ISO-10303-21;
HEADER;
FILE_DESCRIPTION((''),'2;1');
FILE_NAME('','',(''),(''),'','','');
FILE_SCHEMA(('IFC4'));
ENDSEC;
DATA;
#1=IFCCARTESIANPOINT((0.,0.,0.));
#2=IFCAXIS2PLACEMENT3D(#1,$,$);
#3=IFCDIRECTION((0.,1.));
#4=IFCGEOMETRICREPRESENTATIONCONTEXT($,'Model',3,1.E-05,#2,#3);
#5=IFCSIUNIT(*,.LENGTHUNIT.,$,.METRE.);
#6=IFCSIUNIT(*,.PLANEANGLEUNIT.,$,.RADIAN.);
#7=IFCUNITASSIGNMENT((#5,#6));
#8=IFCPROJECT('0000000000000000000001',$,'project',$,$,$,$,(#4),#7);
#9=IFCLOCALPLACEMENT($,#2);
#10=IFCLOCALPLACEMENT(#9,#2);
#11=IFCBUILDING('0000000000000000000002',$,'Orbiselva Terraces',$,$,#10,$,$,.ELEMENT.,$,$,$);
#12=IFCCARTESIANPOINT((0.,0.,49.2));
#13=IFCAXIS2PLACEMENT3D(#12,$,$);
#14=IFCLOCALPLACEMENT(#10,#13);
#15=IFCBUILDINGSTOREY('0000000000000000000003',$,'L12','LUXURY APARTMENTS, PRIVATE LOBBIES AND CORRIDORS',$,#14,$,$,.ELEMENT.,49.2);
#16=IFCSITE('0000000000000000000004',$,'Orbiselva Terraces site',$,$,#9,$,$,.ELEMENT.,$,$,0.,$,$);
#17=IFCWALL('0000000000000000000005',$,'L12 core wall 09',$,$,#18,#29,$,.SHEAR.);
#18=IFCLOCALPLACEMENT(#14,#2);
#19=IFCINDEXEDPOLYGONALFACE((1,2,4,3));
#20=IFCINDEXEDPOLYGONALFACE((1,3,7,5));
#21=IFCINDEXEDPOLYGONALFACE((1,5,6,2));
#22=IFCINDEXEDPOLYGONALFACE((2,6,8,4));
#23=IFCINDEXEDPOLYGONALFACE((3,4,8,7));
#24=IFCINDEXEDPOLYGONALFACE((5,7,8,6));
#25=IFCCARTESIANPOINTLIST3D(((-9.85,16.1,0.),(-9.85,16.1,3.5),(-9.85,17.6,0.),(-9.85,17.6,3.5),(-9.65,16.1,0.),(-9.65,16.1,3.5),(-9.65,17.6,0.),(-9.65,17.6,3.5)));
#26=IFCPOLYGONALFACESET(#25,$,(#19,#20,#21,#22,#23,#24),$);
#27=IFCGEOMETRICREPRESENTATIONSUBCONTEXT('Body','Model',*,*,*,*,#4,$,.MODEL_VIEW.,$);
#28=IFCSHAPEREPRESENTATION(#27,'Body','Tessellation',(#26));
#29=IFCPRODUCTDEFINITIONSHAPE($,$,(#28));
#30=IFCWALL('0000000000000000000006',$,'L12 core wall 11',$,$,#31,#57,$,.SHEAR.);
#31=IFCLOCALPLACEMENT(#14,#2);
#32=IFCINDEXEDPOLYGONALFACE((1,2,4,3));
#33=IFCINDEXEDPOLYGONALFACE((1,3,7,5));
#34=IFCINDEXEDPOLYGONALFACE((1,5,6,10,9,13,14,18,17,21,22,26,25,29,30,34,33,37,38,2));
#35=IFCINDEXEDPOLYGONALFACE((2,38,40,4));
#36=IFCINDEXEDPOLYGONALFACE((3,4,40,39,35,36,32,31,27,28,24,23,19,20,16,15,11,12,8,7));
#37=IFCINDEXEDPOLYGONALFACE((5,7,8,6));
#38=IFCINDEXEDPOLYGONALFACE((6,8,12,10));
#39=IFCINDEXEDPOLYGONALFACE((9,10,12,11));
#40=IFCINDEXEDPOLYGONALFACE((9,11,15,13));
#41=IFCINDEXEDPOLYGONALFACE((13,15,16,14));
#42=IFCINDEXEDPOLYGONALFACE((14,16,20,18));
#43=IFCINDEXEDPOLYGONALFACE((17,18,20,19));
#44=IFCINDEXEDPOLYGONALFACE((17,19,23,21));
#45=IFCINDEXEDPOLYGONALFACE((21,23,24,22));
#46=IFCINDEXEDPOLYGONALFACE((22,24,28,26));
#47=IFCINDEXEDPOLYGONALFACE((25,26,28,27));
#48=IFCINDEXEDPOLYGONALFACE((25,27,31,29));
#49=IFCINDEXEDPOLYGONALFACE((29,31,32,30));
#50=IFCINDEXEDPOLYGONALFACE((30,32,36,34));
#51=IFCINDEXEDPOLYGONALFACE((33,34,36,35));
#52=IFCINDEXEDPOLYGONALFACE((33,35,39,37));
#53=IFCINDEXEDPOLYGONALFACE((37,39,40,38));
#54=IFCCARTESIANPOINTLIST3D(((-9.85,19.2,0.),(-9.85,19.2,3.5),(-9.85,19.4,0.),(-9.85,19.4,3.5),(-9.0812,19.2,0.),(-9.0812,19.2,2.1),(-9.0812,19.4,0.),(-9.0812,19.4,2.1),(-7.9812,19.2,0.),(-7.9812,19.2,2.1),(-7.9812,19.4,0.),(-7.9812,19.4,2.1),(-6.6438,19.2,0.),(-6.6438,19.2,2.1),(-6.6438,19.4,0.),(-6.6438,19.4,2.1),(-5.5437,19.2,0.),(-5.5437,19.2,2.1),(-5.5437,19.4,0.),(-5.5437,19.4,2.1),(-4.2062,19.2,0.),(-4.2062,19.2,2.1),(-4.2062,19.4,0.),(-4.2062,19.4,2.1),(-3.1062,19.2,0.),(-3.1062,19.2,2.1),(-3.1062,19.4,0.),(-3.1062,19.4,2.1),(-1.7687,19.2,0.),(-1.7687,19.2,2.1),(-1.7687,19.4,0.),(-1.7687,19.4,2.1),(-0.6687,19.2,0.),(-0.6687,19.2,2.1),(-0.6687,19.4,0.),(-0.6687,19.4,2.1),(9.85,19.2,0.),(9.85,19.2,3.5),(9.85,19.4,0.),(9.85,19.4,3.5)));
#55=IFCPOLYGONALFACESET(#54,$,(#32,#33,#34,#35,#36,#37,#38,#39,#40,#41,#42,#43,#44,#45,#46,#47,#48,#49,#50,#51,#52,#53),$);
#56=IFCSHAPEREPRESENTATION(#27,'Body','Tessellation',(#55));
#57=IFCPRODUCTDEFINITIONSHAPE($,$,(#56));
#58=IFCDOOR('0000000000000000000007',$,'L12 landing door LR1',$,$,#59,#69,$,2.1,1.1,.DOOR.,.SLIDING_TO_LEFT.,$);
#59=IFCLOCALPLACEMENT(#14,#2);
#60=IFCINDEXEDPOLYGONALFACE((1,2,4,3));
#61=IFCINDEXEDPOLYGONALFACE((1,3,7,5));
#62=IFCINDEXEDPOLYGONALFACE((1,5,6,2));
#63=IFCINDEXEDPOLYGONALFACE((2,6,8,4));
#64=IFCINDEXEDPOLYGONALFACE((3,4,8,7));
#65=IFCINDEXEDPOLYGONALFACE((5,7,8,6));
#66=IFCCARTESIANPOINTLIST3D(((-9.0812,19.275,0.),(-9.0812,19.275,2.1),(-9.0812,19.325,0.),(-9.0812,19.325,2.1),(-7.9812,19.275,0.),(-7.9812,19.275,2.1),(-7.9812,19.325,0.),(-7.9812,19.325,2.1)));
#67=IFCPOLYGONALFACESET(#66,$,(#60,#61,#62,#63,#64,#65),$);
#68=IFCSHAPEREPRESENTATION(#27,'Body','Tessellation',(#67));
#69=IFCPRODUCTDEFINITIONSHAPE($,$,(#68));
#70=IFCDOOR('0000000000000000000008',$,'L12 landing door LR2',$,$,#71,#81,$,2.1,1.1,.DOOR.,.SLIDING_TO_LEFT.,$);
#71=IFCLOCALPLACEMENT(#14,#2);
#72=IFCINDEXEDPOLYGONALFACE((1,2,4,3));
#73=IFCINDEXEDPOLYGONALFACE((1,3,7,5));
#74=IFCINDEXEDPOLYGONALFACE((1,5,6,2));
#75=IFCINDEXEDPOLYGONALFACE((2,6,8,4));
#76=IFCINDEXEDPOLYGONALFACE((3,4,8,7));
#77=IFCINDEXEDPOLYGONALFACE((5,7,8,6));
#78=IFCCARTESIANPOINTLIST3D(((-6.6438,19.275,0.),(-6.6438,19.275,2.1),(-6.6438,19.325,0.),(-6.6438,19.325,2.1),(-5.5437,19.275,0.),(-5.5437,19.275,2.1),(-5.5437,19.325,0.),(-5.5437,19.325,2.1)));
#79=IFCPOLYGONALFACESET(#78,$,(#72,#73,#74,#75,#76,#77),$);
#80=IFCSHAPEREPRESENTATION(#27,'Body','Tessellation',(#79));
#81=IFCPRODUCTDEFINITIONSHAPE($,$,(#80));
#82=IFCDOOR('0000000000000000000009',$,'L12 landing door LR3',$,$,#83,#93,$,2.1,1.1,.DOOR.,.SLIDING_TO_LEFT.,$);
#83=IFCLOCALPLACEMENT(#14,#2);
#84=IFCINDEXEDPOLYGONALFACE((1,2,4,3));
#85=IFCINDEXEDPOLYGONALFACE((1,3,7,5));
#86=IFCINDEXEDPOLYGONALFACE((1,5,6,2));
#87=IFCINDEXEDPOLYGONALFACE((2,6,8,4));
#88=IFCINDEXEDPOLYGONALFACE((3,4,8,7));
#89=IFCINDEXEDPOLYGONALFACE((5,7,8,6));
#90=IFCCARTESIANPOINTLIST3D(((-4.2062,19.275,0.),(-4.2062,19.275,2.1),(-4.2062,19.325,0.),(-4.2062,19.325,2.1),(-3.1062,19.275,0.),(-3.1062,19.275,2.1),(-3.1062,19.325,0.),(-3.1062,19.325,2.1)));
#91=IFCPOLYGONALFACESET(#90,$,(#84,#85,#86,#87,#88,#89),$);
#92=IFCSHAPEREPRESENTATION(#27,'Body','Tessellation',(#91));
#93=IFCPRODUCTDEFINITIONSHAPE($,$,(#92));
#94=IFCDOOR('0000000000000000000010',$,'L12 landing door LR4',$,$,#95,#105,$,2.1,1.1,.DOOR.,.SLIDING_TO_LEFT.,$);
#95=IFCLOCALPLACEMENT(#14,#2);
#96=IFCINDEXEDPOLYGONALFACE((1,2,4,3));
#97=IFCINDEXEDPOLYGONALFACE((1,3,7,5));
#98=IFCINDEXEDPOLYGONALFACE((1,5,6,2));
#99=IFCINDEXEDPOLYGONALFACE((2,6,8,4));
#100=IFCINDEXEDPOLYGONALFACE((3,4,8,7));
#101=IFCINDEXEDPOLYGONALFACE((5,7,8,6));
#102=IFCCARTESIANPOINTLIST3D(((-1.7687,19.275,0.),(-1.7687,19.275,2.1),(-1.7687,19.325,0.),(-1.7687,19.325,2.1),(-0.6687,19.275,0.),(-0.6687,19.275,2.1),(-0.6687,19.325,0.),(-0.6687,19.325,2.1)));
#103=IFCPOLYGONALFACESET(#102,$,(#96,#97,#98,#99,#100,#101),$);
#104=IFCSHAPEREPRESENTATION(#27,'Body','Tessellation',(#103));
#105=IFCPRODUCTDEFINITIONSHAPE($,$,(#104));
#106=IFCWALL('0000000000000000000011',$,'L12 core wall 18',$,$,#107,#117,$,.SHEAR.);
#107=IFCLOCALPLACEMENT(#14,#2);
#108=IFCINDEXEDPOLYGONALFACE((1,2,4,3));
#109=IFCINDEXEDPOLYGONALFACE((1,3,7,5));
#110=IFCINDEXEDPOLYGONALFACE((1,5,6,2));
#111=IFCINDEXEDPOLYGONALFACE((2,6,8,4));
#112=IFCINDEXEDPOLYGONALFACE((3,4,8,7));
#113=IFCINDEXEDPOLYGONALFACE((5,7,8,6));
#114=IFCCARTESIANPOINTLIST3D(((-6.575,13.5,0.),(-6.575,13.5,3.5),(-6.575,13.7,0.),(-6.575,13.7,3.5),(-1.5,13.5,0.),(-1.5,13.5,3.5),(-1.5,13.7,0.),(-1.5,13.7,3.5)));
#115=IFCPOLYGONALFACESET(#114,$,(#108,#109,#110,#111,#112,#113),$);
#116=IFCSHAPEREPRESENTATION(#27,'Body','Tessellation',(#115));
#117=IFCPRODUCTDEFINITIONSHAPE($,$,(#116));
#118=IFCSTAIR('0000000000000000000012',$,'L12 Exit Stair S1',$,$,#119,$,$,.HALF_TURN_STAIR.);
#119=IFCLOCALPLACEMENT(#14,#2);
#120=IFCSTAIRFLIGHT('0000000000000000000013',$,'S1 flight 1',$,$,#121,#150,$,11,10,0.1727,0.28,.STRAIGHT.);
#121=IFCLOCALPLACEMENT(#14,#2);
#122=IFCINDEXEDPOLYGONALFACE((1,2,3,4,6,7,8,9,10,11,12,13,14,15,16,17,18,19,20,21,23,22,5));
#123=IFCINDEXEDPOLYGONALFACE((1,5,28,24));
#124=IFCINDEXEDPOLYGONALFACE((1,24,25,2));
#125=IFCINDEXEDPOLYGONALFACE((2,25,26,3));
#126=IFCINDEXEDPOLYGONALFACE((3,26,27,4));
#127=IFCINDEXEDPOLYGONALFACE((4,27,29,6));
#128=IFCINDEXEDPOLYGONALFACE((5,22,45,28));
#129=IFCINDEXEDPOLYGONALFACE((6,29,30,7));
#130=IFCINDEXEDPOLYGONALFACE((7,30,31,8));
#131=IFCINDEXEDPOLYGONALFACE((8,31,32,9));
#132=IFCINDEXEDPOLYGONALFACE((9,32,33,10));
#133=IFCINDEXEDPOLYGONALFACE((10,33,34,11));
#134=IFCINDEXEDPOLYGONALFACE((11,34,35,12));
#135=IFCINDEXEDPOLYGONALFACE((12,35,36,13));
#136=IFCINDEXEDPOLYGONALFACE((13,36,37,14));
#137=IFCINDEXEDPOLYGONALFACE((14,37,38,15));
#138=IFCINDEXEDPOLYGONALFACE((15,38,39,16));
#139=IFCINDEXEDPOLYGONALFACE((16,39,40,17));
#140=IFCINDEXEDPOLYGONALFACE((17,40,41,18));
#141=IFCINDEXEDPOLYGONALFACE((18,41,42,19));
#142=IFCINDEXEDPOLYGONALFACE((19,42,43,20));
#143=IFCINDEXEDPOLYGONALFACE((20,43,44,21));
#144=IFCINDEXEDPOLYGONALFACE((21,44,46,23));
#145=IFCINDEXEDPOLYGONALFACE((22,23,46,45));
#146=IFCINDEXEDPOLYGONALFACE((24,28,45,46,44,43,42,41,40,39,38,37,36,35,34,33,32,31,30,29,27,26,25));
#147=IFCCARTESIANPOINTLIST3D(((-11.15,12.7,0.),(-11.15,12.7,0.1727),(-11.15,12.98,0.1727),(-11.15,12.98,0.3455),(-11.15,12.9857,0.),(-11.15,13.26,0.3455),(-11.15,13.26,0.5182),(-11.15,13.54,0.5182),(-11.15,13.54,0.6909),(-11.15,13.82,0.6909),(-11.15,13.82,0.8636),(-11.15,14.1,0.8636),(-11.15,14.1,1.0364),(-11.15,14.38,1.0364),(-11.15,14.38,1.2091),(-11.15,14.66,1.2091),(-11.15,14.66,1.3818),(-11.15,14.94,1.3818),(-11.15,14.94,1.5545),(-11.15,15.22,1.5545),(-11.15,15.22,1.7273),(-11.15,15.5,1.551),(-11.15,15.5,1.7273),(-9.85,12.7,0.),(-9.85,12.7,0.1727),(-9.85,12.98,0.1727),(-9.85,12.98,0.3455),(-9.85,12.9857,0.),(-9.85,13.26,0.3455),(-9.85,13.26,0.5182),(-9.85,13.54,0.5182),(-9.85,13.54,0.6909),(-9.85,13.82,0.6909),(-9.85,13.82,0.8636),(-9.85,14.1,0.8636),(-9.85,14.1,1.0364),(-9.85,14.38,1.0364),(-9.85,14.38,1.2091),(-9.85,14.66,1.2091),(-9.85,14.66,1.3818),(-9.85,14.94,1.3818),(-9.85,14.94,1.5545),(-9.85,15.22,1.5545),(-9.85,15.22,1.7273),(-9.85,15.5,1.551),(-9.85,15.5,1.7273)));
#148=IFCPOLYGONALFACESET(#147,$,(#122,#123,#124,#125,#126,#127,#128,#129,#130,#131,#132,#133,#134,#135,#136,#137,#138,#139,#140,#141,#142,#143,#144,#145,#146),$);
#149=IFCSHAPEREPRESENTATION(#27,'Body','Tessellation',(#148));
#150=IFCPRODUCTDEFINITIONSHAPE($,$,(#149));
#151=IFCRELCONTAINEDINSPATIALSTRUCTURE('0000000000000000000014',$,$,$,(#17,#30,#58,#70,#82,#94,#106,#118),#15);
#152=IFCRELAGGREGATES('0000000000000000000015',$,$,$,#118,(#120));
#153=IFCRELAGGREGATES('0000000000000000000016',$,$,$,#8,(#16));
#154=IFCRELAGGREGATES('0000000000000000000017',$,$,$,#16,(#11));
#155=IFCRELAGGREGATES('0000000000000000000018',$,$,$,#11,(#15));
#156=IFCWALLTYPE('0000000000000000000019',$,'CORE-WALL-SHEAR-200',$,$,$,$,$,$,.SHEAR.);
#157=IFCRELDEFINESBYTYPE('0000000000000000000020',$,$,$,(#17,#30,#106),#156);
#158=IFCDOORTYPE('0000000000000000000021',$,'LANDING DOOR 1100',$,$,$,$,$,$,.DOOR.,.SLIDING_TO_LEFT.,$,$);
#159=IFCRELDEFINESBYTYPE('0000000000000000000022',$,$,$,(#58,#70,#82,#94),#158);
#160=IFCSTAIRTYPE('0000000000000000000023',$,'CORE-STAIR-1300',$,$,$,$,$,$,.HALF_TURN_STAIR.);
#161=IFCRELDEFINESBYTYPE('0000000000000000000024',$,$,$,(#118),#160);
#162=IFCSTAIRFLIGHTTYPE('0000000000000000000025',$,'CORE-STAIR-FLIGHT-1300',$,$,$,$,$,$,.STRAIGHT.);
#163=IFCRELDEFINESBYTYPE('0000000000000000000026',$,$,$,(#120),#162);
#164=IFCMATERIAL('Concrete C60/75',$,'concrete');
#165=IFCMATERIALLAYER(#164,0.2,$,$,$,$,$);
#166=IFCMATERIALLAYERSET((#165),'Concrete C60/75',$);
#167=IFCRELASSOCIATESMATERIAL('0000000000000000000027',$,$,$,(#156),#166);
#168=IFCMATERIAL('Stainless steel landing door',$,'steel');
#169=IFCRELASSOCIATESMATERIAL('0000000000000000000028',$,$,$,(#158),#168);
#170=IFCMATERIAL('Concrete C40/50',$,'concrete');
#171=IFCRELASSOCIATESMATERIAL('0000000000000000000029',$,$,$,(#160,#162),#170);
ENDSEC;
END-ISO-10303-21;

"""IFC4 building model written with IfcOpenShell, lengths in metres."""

from ifc_helpers import new_model, si_unit, direction, frame, frame_2d, origin, place, context, subcontext, project, spatial, polyline, rectangle, outline, extrude, material, layer, layer_set, type_object, element, fill, aggregate, save


model = new_model("IFC4")

# Units and contexts
model_context = context("Model", 3, precision=1e-05, world=origin(), true_north=direction((0.0, 1.0)))
body_context = subcontext(model_context, "Body", "Model", "MODEL_VIEW")
ifc_project = project(units=[si_unit("LENGTHUNIT", "METRE"), si_unit("PLANEANGLEUNIT", "RADIAN")], contexts=[model_context])

# Site, building, storey
site_placement = place(None, origin())
site = spatial("IfcSite", under=ifc_project, at=site_placement, Name="Orbiselva Terraces site", CompositionType="ELEMENT", RefElevation=0.0)
building_placement = place(site_placement, origin())
building = spatial("IfcBuilding", under=site, at=building_placement, Name="Orbiselva Terraces", CompositionType="ELEMENT")
storey_placement = place(building_placement, frame((0.0, 0.0, 49.2)))
storey = spatial("IfcBuildingStorey", under=building, at=storey_placement, Name="L12", Description="LUXURY APARTMENTS, PRIVATE LOBBIES AND CORRIDORS", CompositionType="ELEMENT", Elevation=49.2)

# Shared definitions
ifc_material_1 = material(Name="Concrete C40/50", Category="concrete")

# Shared definitions
ifc_material_2 = material(Name="Concrete C60/75", Category="concrete")
ifc_layer_1 = layer(ifc_material_2, 0.2)
ifc_layer_set_1 = layer_set([ifc_layer_1], Name="Concrete C60/75")
wall_type_1 = type_object("IfcWallType", Name="CORE-WALL-SHEAR-200", PredefinedType="SHEAR", material=ifc_layer_set_1)

# Wall
wall_1_placement = place(storey_placement, frame((-9.75, 16.1, 0.0), z_axis=(0.0, 0.0, 1.0), x_axis=(0.0, 1.0, 0.0)))
element("IfcWall", 1, at=wall_1_placement, inside=storey, type_object=wall_type_1, Name="L12 core wall 09", PredefinedType="SHEAR", context=body_context, shape_type="SweptSolid", body=[
    extrude(rectangle(XDim=1.5, YDim=0.2, at=frame_2d((0.75, 0.0))), origin(), (0.0, 0.0, 1.0), 3.5),
])

# Wall, openings, doors
wall_2_placement = place(storey_placement, frame((-9.85, 19.3, 0.0), z_axis=(0.0, 0.0, 1.0), x_axis=(1.0, 0.0, 0.0)))
wall_2 = element("IfcWall", 2, at=wall_2_placement, inside=storey, type_object=wall_type_1, Name="L12 core wall 11", PredefinedType="SHEAR", context=body_context, shape_type="SweptSolid", body=[
    extrude(rectangle(XDim=19.7, YDim=0.2, at=frame_2d((9.85, 0.0))), origin(), (0.0, 0.0, 1.0), 3.5),
])
opening_1_placement = place(wall_2_placement, frame((0.7688, 0.0, 0.0)))
opening_1 = element("IfcOpeningElement", 3, at=opening_1_placement, cuts=wall_2, PredefinedType="OPENING", context=body_context, shape_type="SweptSolid", body=[
    extrude(rectangle(XDim=1.1, YDim=2.1, at=frame_2d((0.55, 1.05))), frame((0.0, 0.11, 0.0), z_axis=(0.0, -1.0, 0.0), x_axis=(1.0, 0.0, 0.0)), (0.0, 0.0, 1.0), 0.22),
])
opening_2_placement = place(wall_2_placement, frame((3.2062, 0.0, 0.0)))
opening_2 = element("IfcOpeningElement", 4, at=opening_2_placement, cuts=wall_2, PredefinedType="OPENING", context=body_context, shape_type="SweptSolid", body=[
    extrude(rectangle(XDim=1.1, YDim=2.1, at=frame_2d((0.55, 1.05))), frame((0.0, 0.11, 0.0), z_axis=(0.0, -1.0, 0.0), x_axis=(1.0, 0.0, 0.0)), (0.0, 0.0, 1.0), 0.22),
])
opening_3_placement = place(wall_2_placement, frame((5.6437, 0.0, 0.0)))
opening_3 = element("IfcOpeningElement", 5, at=opening_3_placement, cuts=wall_2, PredefinedType="OPENING", context=body_context, shape_type="SweptSolid", body=[
    extrude(rectangle(XDim=1.1, YDim=2.1, at=frame_2d((0.55, 1.05))), frame((0.0, 0.11, 0.0), z_axis=(0.0, -1.0, 0.0), x_axis=(1.0, 0.0, 0.0)), (0.0, 0.0, 1.0), 0.22),
])
opening_4_placement = place(wall_2_placement, frame((8.0813, 0.0, 0.0)))
opening_4 = element("IfcOpeningElement", 6, at=opening_4_placement, cuts=wall_2, PredefinedType="OPENING", context=body_context, shape_type="SweptSolid", body=[
    extrude(rectangle(XDim=1.1, YDim=2.1, at=frame_2d((0.55, 1.05))), frame((0.0, 0.11, 0.0), z_axis=(0.0, -1.0, 0.0), x_axis=(1.0, 0.0, 0.0)), (0.0, 0.0, 1.0), 0.22),
])
ifc_material_3 = material(Name="Stainless steel landing door", Category="steel")
door_type_1 = type_object("IfcDoorType", Name="LANDING DOOR 1100", OperationType="SLIDING_TO_LEFT", PredefinedType="DOOR", material=ifc_material_3)
door_1_placement = place(opening_1_placement, origin())
door_1 = element("IfcDoor", 7, at=door_1_placement, inside=storey, type_object=door_type_1, Name="L12 landing door LR1", OperationType="SLIDING_TO_LEFT", OverallHeight=2.1, OverallWidth=1.1, PredefinedType="DOOR", context=body_context, shape_type="SweptSolid", body=[
    extrude(rectangle(XDim=1.1, YDim=2.1, at=frame_2d((0.55, 1.05))), frame((0.0, 0.025, 0.0), z_axis=(0.0, -1.0, 0.0), x_axis=(1.0, 0.0, 0.0)), (0.0, 0.0, 1.0), 0.05),
])
fill(opening_1, door_1)
door_2_placement = place(opening_2_placement, origin())
door_2 = element("IfcDoor", 8, at=door_2_placement, inside=storey, type_object=door_type_1, Name="L12 landing door LR2", OperationType="SLIDING_TO_LEFT", OverallHeight=2.1, OverallWidth=1.1, PredefinedType="DOOR", context=body_context, shape_type="SweptSolid", body=[
    extrude(rectangle(XDim=1.1, YDim=2.1, at=frame_2d((0.55, 1.05))), frame((0.0, 0.025, 0.0), z_axis=(0.0, -1.0, 0.0), x_axis=(1.0, 0.0, 0.0)), (0.0, 0.0, 1.0), 0.05),
])
fill(opening_2, door_2)
door_3_placement = place(opening_3_placement, origin())
door_3 = element("IfcDoor", 9, at=door_3_placement, inside=storey, type_object=door_type_1, Name="L12 landing door LR3", OperationType="SLIDING_TO_LEFT", OverallHeight=2.1, OverallWidth=1.1, PredefinedType="DOOR", context=body_context, shape_type="SweptSolid", body=[
    extrude(rectangle(XDim=1.1, YDim=2.1, at=frame_2d((0.55, 1.05))), frame((0.0, 0.025, 0.0), z_axis=(0.0, -1.0, 0.0), x_axis=(1.0, 0.0, 0.0)), (0.0, 0.0, 1.0), 0.05),
])
fill(opening_3, door_3)
door_4_placement = place(opening_4_placement, origin())
door_4 = element("IfcDoor", 10, at=door_4_placement, inside=storey, type_object=door_type_1, Name="L12 landing door LR4", OperationType="SLIDING_TO_LEFT", OverallHeight=2.1, OverallWidth=1.1, PredefinedType="DOOR", context=body_context, shape_type="SweptSolid", body=[
    extrude(rectangle(XDim=1.1, YDim=2.1, at=frame_2d((0.55, 1.05))), frame((0.0, 0.025, 0.0), z_axis=(0.0, -1.0, 0.0), x_axis=(1.0, 0.0, 0.0)), (0.0, 0.0, 1.0), 0.05),
])
fill(opening_4, door_4)

# Wall
wall_3_placement = place(storey_placement, frame((-6.575, 13.6, 0.0), z_axis=(0.0, 0.0, 1.0), x_axis=(1.0, 0.0, 0.0)))
element("IfcWall", 11, at=wall_3_placement, inside=storey, type_object=wall_type_1, Name="L12 core wall 18", PredefinedType="SHEAR", context=body_context, shape_type="SweptSolid", body=[
    extrude(rectangle(XDim=5.075, YDim=0.2, at=frame_2d((2.5375, 0.0))), origin(), (0.0, 0.0, 1.0), 3.5),
])

# Stair, stair flight
stair_type = type_object("IfcStairType", Name="CORE-STAIR-1300", PredefinedType="HALF_TURN_STAIR", material=ifc_material_1)
stair_placement = place(storey_placement, origin())
stair = element("IfcStair", 12, at=stair_placement, inside=storey, type_object=stair_type, Name="L12 Exit Stair S1", PredefinedType="HALF_TURN_STAIR")
stair_flight_type = type_object("IfcStairFlightType", Name="CORE-STAIR-FLIGHT-1300", PredefinedType="STRAIGHT", material=ifc_material_1)
stair_flight_placement = place(storey_placement, frame((-10.5, 12.7, 0.0), z_axis=(0.0, 0.0, 1.0), x_axis=(0.0, 1.0, 0.0)))
stair_flight = element("IfcStairFlight", 13, at=stair_flight_placement, type_object=stair_flight_type, Name="S1 flight 1", NumberOfRisers=11, NumberOfTreads=10, PredefinedType="STRAIGHT", RiserHeight=0.1727, TreadLength=0.28, context=body_context, shape_type="SweptSolid", body=[
    extrude(outline(polyline([(0.0, 0.0), (0.0, 0.1727), (0.28, 0.1727), (0.28, 0.3455), (0.56, 0.3455), (0.56, 0.5182), (0.84, 0.5182), (0.84, 0.6909), (1.12, 0.6909), (1.12, 0.8636), (1.4, 0.8636), (1.4, 1.0364), (1.68, 1.0364), (1.68, 1.2091), (1.96, 1.2091), (1.96, 1.3818), (2.24, 1.3818), (2.24, 1.5545), (2.52, 1.5545), (2.52, 1.7273), (2.8, 1.7273), (2.8, 1.9), (2.8, 1.551), (0.2857, 0.0), (0.0, 0.0)])), frame((0.0, 0.65, 0.0), z_axis=(0.0, -1.0, 0.0), x_axis=(1.0, 0.0, 0.0)), (0.0, 0.0, 1.0), 1.3),
])
aggregate(stair, [stair_flight])

save(model, "model.ifc")
